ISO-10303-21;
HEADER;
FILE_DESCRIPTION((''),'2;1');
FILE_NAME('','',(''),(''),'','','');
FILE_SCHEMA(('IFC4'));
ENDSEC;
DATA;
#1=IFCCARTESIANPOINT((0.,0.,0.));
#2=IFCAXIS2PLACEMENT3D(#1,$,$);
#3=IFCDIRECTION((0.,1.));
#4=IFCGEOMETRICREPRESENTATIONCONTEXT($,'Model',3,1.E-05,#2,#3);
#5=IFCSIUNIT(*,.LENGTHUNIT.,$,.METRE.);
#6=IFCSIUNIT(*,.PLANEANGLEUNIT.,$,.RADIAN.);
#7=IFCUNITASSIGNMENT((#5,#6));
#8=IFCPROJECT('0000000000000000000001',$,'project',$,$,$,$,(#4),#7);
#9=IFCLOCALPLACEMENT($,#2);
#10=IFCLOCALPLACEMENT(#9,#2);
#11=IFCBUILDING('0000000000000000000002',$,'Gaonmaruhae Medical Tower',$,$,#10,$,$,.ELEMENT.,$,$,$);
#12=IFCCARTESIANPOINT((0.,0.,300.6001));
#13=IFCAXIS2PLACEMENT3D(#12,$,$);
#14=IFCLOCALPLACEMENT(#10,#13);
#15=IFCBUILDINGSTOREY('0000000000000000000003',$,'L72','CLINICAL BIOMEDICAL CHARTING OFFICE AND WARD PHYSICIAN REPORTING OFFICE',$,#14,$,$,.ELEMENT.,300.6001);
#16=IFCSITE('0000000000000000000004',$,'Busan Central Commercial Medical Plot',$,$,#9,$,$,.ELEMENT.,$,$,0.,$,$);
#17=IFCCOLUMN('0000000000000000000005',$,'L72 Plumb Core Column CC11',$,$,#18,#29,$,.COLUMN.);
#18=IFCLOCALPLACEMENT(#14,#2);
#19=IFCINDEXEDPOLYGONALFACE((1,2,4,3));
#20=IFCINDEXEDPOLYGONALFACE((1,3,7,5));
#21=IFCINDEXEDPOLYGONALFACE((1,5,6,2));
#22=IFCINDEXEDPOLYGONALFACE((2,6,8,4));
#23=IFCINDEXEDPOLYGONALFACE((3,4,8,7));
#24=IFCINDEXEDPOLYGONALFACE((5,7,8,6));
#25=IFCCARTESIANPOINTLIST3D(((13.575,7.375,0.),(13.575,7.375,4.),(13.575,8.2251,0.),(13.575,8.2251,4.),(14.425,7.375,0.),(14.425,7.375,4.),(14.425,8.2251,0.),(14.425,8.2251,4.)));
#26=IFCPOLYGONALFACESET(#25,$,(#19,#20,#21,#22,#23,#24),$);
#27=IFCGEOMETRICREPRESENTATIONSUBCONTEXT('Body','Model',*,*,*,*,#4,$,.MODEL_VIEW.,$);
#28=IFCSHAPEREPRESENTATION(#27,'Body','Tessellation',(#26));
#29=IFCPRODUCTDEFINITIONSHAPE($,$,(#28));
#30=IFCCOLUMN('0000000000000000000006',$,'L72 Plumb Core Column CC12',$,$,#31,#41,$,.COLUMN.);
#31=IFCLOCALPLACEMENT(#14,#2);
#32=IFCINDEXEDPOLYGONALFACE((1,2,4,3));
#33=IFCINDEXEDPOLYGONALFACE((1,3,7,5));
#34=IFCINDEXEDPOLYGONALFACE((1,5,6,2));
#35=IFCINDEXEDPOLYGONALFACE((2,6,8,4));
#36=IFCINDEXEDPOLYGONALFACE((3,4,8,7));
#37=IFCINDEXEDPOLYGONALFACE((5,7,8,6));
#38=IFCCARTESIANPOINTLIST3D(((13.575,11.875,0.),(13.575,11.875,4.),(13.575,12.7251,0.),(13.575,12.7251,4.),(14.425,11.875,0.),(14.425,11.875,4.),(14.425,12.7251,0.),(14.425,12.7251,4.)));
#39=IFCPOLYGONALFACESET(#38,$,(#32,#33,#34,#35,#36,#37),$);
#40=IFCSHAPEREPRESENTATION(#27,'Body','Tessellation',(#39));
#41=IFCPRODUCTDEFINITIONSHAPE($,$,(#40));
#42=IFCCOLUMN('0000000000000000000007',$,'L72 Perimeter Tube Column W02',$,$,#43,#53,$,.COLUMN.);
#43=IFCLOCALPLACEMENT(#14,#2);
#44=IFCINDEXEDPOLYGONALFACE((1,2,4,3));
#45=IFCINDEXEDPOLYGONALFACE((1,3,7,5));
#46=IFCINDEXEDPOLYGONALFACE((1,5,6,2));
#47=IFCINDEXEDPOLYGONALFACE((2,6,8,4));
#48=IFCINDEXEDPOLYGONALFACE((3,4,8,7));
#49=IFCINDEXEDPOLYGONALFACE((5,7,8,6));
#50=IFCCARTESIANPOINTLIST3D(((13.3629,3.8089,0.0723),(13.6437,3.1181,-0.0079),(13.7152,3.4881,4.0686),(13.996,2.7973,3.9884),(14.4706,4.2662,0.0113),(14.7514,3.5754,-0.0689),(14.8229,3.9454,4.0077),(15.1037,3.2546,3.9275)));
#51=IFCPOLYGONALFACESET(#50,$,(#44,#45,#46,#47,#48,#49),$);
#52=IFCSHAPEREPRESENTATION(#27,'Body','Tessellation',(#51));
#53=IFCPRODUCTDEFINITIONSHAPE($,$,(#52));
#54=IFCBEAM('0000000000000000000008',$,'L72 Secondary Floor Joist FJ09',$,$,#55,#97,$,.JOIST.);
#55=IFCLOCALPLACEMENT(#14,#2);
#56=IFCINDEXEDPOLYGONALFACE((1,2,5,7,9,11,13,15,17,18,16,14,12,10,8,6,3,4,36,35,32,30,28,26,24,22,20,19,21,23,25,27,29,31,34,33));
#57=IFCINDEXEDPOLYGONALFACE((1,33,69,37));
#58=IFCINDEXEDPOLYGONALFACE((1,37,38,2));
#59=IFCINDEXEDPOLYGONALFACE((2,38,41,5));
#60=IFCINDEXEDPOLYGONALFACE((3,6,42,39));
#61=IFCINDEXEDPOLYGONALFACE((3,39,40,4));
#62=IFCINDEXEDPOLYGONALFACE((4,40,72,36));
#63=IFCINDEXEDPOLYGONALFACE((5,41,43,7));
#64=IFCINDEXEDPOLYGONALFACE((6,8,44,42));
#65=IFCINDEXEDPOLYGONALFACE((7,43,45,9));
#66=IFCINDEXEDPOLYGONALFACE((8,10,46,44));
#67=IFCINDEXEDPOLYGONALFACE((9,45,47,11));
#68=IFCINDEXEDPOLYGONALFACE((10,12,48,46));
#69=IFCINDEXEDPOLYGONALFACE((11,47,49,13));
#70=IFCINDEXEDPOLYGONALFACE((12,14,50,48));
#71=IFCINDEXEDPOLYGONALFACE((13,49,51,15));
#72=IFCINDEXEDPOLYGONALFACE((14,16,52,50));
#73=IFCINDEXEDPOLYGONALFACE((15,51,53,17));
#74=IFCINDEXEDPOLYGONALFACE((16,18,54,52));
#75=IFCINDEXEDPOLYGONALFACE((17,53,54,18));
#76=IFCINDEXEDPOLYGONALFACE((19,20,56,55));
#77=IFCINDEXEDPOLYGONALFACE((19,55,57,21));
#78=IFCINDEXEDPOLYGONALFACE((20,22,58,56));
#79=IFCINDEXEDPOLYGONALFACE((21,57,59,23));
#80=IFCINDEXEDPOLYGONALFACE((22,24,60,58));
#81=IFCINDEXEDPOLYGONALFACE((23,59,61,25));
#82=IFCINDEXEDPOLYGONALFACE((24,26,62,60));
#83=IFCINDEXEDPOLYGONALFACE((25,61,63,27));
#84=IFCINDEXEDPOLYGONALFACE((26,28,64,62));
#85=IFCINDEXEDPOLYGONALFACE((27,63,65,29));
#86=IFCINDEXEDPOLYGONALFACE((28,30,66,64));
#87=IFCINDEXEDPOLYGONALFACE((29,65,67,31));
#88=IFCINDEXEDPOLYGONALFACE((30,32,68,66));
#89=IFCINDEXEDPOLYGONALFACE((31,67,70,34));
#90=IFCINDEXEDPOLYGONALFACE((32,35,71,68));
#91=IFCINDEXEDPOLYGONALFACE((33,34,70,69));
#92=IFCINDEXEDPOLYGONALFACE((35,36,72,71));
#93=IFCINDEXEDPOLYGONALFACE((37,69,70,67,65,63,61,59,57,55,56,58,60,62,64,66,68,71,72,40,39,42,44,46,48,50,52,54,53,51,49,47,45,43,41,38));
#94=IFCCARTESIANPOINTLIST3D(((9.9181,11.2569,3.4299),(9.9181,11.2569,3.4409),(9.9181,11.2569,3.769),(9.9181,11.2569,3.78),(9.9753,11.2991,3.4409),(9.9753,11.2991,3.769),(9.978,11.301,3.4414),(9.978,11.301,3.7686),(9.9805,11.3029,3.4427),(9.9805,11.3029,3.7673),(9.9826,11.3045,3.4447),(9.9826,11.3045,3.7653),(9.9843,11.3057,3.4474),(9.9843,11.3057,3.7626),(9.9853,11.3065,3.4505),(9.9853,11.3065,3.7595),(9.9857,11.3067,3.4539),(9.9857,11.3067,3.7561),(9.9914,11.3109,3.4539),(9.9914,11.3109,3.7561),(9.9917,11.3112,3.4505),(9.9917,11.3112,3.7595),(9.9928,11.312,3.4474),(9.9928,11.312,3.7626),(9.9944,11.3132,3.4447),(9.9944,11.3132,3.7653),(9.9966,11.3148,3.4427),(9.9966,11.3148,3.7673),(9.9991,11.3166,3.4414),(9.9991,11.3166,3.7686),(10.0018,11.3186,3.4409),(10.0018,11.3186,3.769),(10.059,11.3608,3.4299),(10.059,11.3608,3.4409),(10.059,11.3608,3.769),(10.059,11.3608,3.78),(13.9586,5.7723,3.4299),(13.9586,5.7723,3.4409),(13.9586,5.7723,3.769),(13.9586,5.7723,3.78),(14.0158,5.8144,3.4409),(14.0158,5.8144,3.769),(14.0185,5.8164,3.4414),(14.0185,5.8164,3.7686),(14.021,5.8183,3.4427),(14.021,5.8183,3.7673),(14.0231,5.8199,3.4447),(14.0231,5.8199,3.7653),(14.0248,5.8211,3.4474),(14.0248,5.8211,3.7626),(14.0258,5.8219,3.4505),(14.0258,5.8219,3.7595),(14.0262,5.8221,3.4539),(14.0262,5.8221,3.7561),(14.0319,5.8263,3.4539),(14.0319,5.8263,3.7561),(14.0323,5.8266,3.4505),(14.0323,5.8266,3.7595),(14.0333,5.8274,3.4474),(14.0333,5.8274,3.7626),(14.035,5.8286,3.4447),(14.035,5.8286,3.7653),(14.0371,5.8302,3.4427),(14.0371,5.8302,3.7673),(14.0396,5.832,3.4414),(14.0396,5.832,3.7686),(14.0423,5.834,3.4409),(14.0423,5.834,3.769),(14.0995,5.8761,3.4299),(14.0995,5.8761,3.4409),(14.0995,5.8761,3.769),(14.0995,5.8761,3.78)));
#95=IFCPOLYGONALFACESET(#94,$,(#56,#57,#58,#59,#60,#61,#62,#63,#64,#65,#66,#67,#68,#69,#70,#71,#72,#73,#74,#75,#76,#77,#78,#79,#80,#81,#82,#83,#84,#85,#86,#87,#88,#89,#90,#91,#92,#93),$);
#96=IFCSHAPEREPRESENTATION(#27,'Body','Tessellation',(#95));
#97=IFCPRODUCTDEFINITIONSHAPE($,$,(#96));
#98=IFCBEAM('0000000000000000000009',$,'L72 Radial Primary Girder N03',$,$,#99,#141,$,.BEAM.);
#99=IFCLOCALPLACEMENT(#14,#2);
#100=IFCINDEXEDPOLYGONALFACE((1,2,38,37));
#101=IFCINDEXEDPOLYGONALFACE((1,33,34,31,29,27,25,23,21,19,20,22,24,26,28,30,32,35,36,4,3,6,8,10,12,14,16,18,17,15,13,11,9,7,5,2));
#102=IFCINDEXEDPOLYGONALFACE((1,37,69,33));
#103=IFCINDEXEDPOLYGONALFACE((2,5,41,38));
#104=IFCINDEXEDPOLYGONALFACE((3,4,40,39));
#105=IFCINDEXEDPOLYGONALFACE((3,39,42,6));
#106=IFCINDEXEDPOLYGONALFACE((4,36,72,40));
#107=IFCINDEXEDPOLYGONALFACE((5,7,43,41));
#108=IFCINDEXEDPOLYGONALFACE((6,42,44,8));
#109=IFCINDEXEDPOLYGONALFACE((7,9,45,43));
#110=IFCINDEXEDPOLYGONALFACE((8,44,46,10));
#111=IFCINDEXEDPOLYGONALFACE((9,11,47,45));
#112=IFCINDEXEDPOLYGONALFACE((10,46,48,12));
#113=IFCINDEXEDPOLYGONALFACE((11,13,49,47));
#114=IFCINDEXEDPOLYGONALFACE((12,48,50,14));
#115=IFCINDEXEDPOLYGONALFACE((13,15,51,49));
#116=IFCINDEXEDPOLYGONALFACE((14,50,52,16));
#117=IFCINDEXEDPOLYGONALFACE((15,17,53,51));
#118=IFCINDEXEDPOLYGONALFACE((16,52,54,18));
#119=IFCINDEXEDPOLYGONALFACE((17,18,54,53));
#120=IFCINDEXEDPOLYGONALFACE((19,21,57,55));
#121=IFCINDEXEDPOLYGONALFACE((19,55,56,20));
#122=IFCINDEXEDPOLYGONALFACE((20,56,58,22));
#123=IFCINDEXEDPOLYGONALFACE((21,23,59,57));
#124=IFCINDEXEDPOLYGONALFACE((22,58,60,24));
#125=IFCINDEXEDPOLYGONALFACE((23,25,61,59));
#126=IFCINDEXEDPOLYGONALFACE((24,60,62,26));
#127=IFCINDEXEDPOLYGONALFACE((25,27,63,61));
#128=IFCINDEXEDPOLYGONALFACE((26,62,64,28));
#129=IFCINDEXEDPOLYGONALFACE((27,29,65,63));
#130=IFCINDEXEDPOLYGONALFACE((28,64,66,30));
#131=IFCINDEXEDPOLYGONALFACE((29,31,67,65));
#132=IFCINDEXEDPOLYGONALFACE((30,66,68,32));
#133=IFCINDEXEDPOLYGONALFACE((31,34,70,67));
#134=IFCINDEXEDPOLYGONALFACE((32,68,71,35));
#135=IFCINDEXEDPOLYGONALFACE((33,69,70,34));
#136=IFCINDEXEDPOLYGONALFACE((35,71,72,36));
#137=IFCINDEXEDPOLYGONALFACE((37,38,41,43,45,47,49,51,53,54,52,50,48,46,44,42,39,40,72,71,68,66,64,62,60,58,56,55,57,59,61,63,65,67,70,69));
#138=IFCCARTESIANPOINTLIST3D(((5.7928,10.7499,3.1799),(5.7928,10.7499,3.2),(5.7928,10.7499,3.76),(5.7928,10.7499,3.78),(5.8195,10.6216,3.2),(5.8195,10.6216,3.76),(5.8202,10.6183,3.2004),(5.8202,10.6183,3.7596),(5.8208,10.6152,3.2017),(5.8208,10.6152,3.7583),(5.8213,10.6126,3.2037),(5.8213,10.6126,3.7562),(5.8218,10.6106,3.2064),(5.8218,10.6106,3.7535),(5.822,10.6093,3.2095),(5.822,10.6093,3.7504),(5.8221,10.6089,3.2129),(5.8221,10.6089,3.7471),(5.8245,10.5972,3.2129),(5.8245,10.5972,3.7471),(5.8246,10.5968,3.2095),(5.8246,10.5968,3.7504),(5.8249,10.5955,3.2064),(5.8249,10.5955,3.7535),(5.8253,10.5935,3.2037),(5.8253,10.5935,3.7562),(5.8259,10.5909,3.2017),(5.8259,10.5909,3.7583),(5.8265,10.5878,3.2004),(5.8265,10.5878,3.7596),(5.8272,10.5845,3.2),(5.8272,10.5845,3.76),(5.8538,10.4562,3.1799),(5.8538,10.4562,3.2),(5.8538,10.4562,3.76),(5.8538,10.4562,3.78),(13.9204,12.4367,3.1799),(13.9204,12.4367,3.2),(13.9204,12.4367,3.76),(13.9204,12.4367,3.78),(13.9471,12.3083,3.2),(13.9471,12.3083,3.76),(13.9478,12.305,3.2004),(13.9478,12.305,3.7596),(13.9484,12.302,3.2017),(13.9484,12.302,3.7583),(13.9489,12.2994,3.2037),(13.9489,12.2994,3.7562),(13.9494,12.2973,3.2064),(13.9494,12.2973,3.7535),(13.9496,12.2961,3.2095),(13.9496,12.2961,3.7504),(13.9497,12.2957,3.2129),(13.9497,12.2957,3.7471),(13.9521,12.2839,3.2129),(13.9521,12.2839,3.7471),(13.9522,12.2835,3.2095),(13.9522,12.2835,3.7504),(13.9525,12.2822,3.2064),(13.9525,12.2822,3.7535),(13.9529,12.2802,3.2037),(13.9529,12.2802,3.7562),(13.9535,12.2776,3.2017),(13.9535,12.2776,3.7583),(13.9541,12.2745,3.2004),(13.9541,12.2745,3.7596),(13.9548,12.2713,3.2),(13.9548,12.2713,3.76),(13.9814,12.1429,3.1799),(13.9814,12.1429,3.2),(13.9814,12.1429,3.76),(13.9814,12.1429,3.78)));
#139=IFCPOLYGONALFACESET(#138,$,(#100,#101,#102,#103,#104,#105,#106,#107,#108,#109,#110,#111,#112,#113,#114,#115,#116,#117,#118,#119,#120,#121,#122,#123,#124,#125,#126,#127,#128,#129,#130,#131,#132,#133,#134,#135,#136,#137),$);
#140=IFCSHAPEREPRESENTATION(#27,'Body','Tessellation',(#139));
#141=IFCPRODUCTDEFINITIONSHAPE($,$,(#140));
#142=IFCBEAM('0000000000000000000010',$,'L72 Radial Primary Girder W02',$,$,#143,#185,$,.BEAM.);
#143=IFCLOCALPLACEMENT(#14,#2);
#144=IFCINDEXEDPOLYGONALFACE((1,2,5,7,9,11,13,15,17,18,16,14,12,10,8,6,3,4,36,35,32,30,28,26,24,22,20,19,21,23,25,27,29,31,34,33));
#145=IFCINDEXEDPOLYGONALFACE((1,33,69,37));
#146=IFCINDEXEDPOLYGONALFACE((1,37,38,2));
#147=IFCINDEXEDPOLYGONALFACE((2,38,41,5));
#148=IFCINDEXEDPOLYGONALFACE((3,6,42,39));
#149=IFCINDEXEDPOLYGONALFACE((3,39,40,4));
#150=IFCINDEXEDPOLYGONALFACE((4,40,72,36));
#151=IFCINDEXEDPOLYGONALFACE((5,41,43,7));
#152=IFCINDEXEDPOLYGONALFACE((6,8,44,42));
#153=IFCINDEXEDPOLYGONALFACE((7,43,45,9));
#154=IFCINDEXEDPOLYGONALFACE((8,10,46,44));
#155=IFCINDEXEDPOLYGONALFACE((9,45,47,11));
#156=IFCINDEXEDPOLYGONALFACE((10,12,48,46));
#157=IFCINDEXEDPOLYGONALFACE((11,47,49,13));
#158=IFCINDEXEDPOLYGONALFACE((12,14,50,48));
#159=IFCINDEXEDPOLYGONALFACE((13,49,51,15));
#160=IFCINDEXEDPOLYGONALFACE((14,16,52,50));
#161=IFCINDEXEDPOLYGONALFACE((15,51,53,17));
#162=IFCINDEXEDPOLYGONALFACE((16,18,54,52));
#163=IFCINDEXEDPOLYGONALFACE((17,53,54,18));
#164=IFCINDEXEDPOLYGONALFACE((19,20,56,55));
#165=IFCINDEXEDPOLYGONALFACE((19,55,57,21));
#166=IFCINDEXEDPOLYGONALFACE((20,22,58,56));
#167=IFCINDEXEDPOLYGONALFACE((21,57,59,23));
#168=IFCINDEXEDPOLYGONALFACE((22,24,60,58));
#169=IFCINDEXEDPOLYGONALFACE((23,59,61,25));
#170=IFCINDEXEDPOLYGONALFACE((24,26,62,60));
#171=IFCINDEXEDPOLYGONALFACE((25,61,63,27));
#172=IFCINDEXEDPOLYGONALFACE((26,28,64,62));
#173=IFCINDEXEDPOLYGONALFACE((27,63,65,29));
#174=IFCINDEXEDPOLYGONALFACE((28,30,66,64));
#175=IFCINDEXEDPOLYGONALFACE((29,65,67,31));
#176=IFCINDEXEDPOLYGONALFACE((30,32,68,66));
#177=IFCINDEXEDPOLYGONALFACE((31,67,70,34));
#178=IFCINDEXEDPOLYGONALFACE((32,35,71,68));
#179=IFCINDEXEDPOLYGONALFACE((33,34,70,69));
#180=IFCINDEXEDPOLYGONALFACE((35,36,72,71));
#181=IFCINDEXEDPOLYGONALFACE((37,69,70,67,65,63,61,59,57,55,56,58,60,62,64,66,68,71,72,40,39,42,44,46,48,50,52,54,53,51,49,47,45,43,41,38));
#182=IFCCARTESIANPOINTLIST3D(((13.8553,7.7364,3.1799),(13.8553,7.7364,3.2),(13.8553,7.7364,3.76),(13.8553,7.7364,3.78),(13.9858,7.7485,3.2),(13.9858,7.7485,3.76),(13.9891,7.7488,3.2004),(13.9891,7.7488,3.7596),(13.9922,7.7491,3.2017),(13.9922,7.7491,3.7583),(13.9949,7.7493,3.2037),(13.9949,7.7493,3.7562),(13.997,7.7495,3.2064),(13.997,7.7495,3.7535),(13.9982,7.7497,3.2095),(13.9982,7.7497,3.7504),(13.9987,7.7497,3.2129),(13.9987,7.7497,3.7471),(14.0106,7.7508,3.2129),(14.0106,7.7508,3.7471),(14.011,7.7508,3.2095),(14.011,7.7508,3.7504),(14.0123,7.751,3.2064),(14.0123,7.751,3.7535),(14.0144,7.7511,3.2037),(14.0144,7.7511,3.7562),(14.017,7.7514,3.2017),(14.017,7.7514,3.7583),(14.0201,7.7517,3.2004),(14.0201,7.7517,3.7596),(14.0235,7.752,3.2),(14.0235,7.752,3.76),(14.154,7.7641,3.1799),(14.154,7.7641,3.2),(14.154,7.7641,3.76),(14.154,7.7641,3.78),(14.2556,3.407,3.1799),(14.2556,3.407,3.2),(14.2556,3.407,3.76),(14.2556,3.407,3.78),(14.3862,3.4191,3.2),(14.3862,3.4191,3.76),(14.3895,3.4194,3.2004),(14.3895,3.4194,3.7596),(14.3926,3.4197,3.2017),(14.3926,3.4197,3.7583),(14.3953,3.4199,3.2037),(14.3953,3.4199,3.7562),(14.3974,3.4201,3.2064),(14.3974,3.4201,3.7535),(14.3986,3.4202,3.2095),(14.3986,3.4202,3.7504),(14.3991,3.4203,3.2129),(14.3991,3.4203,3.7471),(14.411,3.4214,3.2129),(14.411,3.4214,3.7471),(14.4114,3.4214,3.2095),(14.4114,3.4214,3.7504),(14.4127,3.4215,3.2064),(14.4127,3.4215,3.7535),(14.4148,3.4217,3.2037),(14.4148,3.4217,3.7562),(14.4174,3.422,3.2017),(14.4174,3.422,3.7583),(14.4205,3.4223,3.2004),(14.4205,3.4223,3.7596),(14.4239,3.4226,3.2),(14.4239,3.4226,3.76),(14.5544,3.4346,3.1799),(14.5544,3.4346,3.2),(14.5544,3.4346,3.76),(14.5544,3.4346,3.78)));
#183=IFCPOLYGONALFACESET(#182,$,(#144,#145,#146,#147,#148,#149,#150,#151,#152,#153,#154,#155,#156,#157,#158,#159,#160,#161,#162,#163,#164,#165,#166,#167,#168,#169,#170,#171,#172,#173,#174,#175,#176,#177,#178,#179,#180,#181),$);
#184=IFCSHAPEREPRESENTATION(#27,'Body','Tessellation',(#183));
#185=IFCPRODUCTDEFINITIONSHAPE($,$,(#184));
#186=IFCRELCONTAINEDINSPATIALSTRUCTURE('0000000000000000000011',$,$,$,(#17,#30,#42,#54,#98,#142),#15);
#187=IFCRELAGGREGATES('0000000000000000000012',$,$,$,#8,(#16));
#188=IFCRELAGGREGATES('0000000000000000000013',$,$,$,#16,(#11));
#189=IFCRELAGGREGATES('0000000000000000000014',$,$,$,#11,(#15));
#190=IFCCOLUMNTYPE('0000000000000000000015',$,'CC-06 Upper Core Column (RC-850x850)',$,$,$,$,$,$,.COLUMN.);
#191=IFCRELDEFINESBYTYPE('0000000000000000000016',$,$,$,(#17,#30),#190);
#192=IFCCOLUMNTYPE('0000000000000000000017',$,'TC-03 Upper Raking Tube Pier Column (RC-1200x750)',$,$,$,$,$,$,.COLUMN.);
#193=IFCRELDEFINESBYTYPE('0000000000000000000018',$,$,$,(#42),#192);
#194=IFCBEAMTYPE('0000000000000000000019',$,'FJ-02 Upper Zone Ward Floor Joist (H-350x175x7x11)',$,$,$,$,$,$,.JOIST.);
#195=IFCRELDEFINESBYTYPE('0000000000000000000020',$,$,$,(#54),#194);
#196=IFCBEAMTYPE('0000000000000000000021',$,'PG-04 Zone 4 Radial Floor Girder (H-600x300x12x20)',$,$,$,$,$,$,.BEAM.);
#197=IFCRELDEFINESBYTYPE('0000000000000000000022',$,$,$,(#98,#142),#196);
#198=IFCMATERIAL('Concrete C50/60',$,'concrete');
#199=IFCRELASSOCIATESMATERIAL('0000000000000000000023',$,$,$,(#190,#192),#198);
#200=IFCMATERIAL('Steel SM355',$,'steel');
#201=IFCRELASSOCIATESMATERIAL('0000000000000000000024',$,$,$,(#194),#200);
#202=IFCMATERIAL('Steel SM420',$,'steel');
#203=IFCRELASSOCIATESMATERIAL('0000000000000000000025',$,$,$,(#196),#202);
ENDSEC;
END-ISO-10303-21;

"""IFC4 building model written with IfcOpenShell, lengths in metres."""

from ifc_helpers import new_model, si_unit, direction, frame, origin, origin_2d, place, context, subcontext, project, spatial, rectangle, i_section, extrude, material, material_profile, profile_set, type_object, element, save


model = new_model("IFC4")

# Units and contexts
model_context = context("Model", 3, precision=1e-05, world=origin(), true_north=direction((0.0, 1.0)))
body_context = subcontext(model_context, "Body", "Model", "MODEL_VIEW")
ifc_project = project(units=[si_unit("LENGTHUNIT", "METRE"), si_unit("PLANEANGLEUNIT", "RADIAN")], contexts=[model_context])

# Site, building, storey
site_placement = place(None, origin())
site = spatial("IfcSite", under=ifc_project, at=site_placement, Name="Busan Central Commercial Medical Plot", CompositionType="ELEMENT", RefElevation=0.0)
building_placement = place(site_placement, origin())
building = spatial("IfcBuilding", under=site, at=building_placement, Name="Gaonmaruhae Medical Tower", CompositionType="ELEMENT")
storey_placement = place(building_placement, frame((0.0, 0.0, 300.6001)))
storey = spatial("IfcBuildingStorey", under=building, at=storey_placement, Name="L72", Description="CLINICAL BIOMEDICAL CHARTING OFFICE AND WARD PHYSICIAN REPORTING OFFICE", CompositionType="ELEMENT", Elevation=300.6001)

# Columns
ifc_material_1 = material(Name="Concrete C50/60", Category="concrete")
ifc_material_profile_1 = material_profile(ifc_material_1, rectangle(XDim=0.8501, YDim=0.8501, at=origin_2d()), Name="RC-850x850")
ifc_profile_set_1 = profile_set([ifc_material_profile_1], Name="Concrete C50/60")
column_type_1 = type_object("IfcColumnType", Name="CC-06 Upper Core Column (RC-850x850)", PredefinedType="COLUMN", material=ifc_profile_set_1)
for number, where, z_axis, x_axis, name in (
    (1, (14.0, 7.8, 0.0), (0.0, 0.0, 1.0), (1.0, 0.0, 0.0), "L72 Plumb Core Column CC11"),
    (2, (14.0, 12.3, 0.0), (0.0, 0.0, 1.0), (1.0, 0.0, 0.0), "L72 Plumb Core Column CC12"),
):
    element("IfcColumn", number, at=place(storey_placement, frame(where, z_axis=z_axis, x_axis=x_axis)), inside=storey, type_object=column_type_1, Name=name, PredefinedType="COLUMN", context=body_context, shape_type="SweptSolid", body=[
        extrude(rectangle(XDim=0.8501, YDim=0.8501, at=origin_2d()), origin(), (0.0, 0.0, 1.0), 4.0),
    ])
ifc_material_profile_2 = material_profile(ifc_material_1, rectangle(XDim=1.2, YDim=0.75, at=origin_2d()), Name="RC-1200x750")
ifc_profile_set_2 = profile_set([ifc_material_profile_2], Name="Concrete C50/60")
column_type_2 = type_object("IfcColumnType", Name="TC-03 Upper Raking Tube Pier Column (RC-1200x750)", PredefinedType="COLUMN", material=ifc_profile_set_2)
column_placement = place(storey_placement, frame((14.0571, 3.6921, 0.0017), z_axis=(0.087534, -0.079709, 0.992967), x_axis=(-0.923119, -0.381147, 0.050781)))
element("IfcColumn", 3, at=column_placement, inside=storey, type_object=column_type_2, Name="L72 Perimeter Tube Column W02", PredefinedType="COLUMN", context=body_context, shape_type="SweptSolid", body=[
    extrude(rectangle(XDim=1.2, YDim=0.75, at=origin_2d()), origin(), (0.0, 0.0, 1.0), 4.0247),
])

# Beams
ifc_material_2 = material(Name="Steel SM355", Category="steel")
ifc_material_profile_3 = material_profile(ifc_material_2, i_section(OverallWidth=0.175, OverallDepth=0.3501, WebThickness=0.0071, FlangeThickness=0.011, FilletRadius=0.0129, at=origin_2d()), Name="H-350x175x7x11")
ifc_profile_set_3 = profile_set([ifc_material_profile_3], Name="Steel SM355")
beam_type_1 = type_object("IfcBeamType", Name="FJ-02 Upper Zone Ward Floor Joist (H-350x175x7x11)", PredefinedType="JOIST", material=ifc_profile_set_3)
beam_1_placement = place(storey_placement, frame((9.9885, 11.3088, 3.605), z_axis=(0.593126, -0.80511, 0.0), x_axis=(0.80511, 0.593126, 0.0)))
element("IfcBeam", 4, at=beam_1_placement, inside=storey, type_object=beam_type_1, Name="L72 Secondary Floor Joist FJ09", PredefinedType="JOIST", context=body_context, shape_type="SweptSolid", body=[
    extrude(i_section(OverallWidth=0.175, OverallDepth=0.3501, WebThickness=0.0071, FlangeThickness=0.011, FilletRadius=0.0129, at=origin_2d()), origin(), (0.0, 0.0, 1.0), 6.8123),
])
ifc_material_3 = material(Name="Steel SM420", Category="steel")
ifc_material_profile_4 = material_profile(ifc_material_3, i_section(OverallWidth=0.3, OverallDepth=0.6001, WebThickness=0.012, FlangeThickness=0.02, FilletRadius=0.0129, at=origin_2d()), Name="H-600x300x12x20")
ifc_profile_set_4 = profile_set([ifc_material_profile_4], Name="Steel SM420")
beam_type_2 = type_object("IfcBeamType", Name="PG-04 Zone 4 Radial Floor Girder (H-600x300x12x20)", PredefinedType="BEAM", material=ifc_profile_set_4)
beam_2_placement = place(storey_placement, frame((13.9509, 12.2898, 3.48), z_axis=(-0.979136, -0.203204, 0.0), x_axis=(0.203204, -0.979136, 0.0)))
element("IfcBeam", 5, at=beam_2_placement, inside=storey, type_object=beam_type_2, Name="L72 Radial Primary Girder N03", PredefinedType="BEAM", context=body_context, shape_type="SweptSolid", body=[
    extrude(i_section(OverallWidth=0.3, OverallDepth=0.6001, WebThickness=0.012, FlangeThickness=0.02, FilletRadius=0.0129, at=origin_2d()), origin(), (0.0, 0.0, 1.0), 8.3008),
])
beam_3_placement = place(storey_placement, frame((14.0046, 7.7502, 3.48), z_axis=(0.09209, -0.995751, 0.0), x_axis=(0.995751, 0.09209, 0.0)))
element("IfcBeam", 6, at=beam_3_placement, inside=storey, type_object=beam_type_2, Name="L72 Radial Primary Girder W02", PredefinedType="BEAM", context=body_context, shape_type="SweptSolid", body=[
    extrude(i_section(OverallWidth=0.3, OverallDepth=0.6001, WebThickness=0.012, FlangeThickness=0.02, FilletRadius=0.0129, at=origin_2d()), origin(), (0.0, 0.0, 1.0), 4.3479),
])

save(model, "model.ifc")
